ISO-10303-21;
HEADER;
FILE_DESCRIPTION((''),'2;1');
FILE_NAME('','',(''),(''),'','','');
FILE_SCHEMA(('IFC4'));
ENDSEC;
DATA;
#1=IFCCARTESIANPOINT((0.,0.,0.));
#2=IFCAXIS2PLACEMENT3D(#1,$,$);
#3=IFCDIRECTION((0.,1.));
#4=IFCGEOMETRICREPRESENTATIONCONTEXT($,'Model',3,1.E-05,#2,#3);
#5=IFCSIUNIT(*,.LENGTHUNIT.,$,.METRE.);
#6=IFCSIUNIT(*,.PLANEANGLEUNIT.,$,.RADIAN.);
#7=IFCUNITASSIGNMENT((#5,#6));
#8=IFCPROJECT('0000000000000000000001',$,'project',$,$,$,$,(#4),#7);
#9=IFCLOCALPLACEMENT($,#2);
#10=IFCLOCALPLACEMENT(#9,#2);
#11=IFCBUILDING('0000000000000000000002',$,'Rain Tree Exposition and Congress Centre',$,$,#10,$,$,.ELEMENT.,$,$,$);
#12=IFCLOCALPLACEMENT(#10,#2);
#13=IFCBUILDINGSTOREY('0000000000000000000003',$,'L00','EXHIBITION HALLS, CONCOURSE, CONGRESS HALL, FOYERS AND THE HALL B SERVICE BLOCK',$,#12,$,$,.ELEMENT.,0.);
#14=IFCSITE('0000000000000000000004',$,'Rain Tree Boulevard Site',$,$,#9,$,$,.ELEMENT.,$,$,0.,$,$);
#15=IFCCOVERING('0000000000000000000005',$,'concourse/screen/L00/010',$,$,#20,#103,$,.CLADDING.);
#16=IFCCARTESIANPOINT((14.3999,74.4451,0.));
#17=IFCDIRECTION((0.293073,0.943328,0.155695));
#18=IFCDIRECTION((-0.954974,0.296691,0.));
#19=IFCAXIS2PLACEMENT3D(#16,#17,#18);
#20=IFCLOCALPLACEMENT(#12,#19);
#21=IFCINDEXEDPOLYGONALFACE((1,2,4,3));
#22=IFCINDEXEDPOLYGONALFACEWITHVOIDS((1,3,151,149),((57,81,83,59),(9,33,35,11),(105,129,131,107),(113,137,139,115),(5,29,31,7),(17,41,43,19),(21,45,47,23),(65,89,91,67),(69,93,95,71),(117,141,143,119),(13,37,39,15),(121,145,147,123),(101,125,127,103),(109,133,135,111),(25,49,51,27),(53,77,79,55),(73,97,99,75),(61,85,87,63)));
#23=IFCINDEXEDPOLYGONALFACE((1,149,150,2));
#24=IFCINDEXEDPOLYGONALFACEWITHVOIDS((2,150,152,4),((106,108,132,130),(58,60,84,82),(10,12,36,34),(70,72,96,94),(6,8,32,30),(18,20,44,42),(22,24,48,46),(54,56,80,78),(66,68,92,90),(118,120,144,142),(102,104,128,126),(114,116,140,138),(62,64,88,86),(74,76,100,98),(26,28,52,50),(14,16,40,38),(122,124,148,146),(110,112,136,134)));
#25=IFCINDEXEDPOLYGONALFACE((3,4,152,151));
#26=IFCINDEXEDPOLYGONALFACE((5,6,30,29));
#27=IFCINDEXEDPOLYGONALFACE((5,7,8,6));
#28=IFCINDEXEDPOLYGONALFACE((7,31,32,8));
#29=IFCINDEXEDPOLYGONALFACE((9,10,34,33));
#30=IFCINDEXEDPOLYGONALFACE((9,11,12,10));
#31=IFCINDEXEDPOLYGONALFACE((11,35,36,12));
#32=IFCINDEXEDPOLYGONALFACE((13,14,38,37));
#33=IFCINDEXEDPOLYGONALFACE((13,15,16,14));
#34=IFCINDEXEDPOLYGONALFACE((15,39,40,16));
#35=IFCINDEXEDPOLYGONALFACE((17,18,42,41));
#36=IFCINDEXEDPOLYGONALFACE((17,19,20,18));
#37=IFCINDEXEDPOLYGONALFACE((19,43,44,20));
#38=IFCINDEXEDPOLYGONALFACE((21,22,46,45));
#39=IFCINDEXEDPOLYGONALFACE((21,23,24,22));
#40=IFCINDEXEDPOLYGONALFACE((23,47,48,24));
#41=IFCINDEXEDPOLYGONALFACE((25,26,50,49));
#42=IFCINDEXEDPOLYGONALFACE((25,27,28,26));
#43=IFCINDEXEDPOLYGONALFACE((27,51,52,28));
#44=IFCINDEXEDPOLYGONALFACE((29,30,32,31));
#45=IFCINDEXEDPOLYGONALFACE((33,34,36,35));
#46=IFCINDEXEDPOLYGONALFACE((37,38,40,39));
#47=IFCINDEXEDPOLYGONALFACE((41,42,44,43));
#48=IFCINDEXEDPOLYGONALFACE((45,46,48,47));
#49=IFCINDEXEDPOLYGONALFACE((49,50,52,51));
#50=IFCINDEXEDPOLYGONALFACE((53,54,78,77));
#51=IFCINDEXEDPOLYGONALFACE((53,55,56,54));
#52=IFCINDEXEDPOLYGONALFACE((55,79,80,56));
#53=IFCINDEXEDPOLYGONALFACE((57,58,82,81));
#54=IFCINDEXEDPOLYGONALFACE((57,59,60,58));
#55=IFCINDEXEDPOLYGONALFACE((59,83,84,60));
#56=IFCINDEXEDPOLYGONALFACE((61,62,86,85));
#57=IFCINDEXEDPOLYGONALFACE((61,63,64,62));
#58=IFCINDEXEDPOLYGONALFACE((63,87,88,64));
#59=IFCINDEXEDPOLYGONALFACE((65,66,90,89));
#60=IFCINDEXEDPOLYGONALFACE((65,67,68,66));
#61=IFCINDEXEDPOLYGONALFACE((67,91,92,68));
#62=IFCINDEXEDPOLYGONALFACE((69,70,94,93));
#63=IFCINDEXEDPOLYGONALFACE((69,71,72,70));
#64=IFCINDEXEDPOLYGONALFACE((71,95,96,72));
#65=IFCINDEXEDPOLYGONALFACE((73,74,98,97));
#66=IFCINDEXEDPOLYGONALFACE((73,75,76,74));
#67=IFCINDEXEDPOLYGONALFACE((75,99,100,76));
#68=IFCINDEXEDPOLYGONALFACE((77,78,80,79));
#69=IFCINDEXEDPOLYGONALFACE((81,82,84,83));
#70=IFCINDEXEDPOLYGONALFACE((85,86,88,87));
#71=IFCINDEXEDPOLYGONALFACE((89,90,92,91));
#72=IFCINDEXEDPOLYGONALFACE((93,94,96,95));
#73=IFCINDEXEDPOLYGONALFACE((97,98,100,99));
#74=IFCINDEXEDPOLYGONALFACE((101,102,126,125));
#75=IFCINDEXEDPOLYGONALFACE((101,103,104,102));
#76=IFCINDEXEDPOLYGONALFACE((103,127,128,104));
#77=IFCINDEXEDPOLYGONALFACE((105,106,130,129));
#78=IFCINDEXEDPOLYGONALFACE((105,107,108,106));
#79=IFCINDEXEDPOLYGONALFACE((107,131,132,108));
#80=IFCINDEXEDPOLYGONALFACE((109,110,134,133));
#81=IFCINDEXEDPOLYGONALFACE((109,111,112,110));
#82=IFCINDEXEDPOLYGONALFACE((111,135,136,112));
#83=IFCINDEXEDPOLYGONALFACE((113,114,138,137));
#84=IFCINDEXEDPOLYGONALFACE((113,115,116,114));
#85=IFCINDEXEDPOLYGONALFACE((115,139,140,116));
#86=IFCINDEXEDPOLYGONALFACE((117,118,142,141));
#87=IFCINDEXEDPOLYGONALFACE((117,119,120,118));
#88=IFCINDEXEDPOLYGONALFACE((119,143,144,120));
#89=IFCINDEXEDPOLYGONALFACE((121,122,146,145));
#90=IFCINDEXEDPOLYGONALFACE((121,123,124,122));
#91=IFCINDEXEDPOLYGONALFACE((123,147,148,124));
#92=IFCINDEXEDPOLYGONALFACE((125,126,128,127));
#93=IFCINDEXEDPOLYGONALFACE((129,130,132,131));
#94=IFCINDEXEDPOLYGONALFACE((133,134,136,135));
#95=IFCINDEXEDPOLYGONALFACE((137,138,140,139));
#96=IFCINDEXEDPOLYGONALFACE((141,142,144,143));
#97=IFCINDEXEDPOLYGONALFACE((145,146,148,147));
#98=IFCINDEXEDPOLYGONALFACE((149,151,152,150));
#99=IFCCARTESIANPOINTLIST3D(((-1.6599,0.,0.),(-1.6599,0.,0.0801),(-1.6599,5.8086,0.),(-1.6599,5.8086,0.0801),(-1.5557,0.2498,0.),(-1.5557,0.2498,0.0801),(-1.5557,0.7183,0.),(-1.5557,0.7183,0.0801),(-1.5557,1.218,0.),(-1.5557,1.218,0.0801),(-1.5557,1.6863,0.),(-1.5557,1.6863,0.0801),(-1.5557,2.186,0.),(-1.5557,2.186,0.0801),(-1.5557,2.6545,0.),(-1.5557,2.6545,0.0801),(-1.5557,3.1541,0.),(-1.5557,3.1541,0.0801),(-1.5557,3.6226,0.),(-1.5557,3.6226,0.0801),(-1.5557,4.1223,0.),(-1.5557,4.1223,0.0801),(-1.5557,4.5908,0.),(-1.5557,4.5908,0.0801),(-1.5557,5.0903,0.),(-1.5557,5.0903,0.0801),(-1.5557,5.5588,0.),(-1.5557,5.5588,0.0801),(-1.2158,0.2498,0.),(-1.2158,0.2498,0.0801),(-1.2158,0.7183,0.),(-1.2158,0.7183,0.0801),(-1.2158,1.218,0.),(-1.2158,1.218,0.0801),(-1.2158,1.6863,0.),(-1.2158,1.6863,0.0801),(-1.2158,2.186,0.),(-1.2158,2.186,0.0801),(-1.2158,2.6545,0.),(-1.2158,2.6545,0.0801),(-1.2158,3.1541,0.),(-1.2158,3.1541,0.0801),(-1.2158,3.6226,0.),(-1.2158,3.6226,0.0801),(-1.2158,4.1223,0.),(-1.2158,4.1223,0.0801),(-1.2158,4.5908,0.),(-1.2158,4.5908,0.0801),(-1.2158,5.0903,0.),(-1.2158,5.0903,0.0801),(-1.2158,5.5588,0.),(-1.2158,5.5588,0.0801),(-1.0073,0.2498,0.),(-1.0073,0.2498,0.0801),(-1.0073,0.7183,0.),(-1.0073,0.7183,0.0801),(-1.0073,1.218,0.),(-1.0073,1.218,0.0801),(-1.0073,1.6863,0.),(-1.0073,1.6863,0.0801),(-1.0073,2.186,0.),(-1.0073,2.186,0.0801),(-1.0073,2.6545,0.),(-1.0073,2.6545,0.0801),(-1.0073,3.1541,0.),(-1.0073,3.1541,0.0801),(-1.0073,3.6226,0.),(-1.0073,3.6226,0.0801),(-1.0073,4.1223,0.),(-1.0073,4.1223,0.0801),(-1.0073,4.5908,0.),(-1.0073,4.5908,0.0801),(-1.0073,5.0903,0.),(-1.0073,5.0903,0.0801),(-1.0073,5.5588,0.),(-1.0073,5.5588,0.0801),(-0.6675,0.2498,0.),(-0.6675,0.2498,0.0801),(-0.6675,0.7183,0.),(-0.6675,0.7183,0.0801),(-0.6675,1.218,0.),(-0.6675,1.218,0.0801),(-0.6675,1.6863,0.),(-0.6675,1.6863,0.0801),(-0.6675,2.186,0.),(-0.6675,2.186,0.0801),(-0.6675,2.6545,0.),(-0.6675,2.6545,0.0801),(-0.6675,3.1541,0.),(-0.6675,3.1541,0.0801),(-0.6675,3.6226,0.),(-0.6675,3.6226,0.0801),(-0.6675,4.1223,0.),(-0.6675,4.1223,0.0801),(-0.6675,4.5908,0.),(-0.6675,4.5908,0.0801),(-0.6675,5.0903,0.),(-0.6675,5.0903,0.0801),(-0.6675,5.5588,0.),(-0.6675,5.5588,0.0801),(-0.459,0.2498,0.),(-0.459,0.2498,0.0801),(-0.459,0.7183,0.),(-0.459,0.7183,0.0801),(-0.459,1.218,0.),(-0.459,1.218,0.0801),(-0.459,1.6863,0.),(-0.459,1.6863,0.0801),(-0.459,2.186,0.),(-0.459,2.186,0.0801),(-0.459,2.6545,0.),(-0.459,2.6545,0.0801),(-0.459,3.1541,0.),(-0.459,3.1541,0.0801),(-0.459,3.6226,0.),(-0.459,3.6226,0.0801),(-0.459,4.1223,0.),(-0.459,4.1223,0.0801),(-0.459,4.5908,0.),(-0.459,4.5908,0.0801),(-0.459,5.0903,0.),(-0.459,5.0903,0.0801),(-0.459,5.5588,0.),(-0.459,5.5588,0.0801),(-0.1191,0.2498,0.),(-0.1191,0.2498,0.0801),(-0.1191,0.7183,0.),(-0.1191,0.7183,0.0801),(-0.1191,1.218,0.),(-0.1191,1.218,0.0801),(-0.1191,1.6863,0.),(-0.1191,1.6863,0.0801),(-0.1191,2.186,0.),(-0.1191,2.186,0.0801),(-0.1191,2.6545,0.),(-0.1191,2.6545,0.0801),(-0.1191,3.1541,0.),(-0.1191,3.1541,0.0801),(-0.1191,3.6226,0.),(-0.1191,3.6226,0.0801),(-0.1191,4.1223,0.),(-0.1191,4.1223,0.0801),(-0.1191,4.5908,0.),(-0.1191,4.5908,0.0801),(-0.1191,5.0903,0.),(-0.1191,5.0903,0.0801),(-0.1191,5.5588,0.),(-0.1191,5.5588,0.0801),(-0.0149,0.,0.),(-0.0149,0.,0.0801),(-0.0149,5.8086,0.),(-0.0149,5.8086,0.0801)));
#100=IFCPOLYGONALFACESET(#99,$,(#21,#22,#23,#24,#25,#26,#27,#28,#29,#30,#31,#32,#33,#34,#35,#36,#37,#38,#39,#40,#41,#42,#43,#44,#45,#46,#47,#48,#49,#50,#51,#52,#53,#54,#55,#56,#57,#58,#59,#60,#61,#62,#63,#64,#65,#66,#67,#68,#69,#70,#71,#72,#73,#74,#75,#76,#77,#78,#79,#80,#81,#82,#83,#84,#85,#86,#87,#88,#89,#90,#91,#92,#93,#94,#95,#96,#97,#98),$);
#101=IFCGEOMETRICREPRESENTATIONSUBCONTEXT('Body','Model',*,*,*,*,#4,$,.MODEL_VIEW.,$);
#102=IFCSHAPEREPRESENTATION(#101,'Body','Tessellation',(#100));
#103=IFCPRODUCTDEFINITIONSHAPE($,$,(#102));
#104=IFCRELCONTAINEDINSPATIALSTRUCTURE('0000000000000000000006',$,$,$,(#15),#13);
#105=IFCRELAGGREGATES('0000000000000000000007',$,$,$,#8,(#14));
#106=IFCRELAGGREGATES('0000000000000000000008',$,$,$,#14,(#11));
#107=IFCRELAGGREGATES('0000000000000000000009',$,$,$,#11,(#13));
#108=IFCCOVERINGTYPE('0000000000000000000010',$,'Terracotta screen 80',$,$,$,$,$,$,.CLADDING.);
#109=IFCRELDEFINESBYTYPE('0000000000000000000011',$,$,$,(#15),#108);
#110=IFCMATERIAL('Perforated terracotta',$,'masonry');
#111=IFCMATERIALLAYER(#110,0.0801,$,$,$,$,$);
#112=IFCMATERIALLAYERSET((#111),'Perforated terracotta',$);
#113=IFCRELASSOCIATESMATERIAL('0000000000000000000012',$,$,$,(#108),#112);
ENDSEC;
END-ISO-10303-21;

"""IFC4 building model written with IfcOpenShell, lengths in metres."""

from ifc_helpers import new_model, si_unit, direction, frame, origin, place, context, subcontext, project, spatial, polyline, outline, extrude, material, layer, layer_set, type_object, element, save


model = new_model("IFC4")

# Units and contexts
model_context = context("Model", 3, precision=1e-05, world=origin(), true_north=direction((0.0, 1.0)))
body_context = subcontext(model_context, "Body", "Model", "MODEL_VIEW")
ifc_project = project(units=[si_unit("LENGTHUNIT", "METRE"), si_unit("PLANEANGLEUNIT", "RADIAN")], contexts=[model_context])

# Site, building, storey
site_placement = place(None, origin())
site = spatial("IfcSite", under=ifc_project, at=site_placement, Name="Rain Tree Boulevard Site", CompositionType="ELEMENT", RefElevation=0.0)
building_placement = place(site_placement, origin())
building = spatial("IfcBuilding", under=site, at=building_placement, Name="Rain Tree Exposition and Congress Centre", CompositionType="ELEMENT")
storey_placement = place(building_placement, origin())
storey = spatial("IfcBuildingStorey", under=building, at=storey_placement, Name="L00", Description="EXHIBITION HALLS, CONCOURSE, CONGRESS HALL, FOYERS AND THE HALL B SERVICE BLOCK", CompositionType="ELEMENT", Elevation=0.0)

# Covering
ifc_material_1 = material(Name="Perforated terracotta", Category="masonry")
ifc_layer_1 = layer(ifc_material_1, 0.0801)
ifc_layer_set_1 = layer_set([ifc_layer_1], Name="Perforated terracotta")
covering_type = type_object("IfcCoveringType", Name="Terracotta screen 80", PredefinedType="CLADDING", material=ifc_layer_set_1)
covering_1_placement = place(storey_placement, frame((14.3999, 74.4451, 0.0), z_axis=(0.293073, 0.943328, 0.155695), x_axis=(-0.954974, 0.296691, 0.0)))
element("IfcCovering", 1, at=covering_1_placement, inside=storey, type_object=covering_type, Name="concourse/screen/L00/010", PredefinedType="CLADDING", context=body_context, shape_type="SweptSolid", body=[
    extrude(outline(polyline([(-0.0149, 0.0), (-1.6599, 0.0), (-1.6599, 5.8086), (-0.0149, 5.8086), (-0.0149, 0.0)]), holes=[polyline([(-0.1191, 0.2498), (-0.1191, 0.7183), (-0.459, 0.7183), (-0.459, 0.2498), (-0.1191, 0.2498)]), polyline([(-0.1191, 1.218), (-0.1191, 1.6863), (-0.459, 1.6863), (-0.459, 1.218), (-0.1191, 1.218)]), polyline([(-0.1191, 2.186), (-0.1191, 2.6545), (-0.459, 2.6545), (-0.459, 2.186), (-0.1191, 2.186)]), polyline([(-0.1191, 3.1541), (-0.1191, 3.6226), (-0.459, 3.6226), (-0.459, 3.1541), (-0.1191, 3.1541)]), polyline([(-0.1191, 4.1223), (-0.1191, 4.5908), (-0.459, 4.5908), (-0.459, 4.1223), (-0.1191, 4.1223)]), polyline([(-0.1191, 5.0903), (-0.1191, 5.5588), (-0.459, 5.5588), (-0.459, 5.0903), (-0.1191, 5.0903)]), polyline([(-0.6675, 0.2498), (-0.6675, 0.7183), (-1.0073, 0.7183), (-1.0073, 0.2498), (-0.6675, 0.2498)]), polyline([(-0.6675, 1.218), (-0.6675, 1.6863), (-1.0073, 1.6863), (-1.0073, 1.218), (-0.6675, 1.218)]), polyline([(-0.6675, 2.186), (-0.6675, 2.6545), (-1.0073, 2.6545), (-1.0073, 2.186), (-0.6675, 2.186)]), polyline([(-0.6675, 3.1541), (-0.6675, 3.6226), (-1.0073, 3.6226), (-1.0073, 3.1541), (-0.6675, 3.1541)]), polyline([(-0.6675, 4.1223), (-0.6675, 4.5908), (-1.0073, 4.5908), (-1.0073, 4.1223), (-0.6675, 4.1223)]), polyline([(-0.6675, 5.0903), (-0.6675, 5.5588), (-1.0073, 5.5588), (-1.0073, 5.0903), (-0.6675, 5.0903)]), polyline([(-1.2158, 0.2498), (-1.2158, 0.7183), (-1.5557, 0.7183), (-1.5557, 0.2498), (-1.2158, 0.2498)]), polyline([(-1.2158, 1.218), (-1.2158, 1.6863), (-1.5557, 1.6863), (-1.5557, 1.218), (-1.2158, 1.218)]), polyline([(-1.2158, 2.186), (-1.2158, 2.6545), (-1.5557, 2.6545), (-1.5557, 2.186), (-1.2158, 2.186)]), polyline([(-1.2158, 3.1541), (-1.2158, 3.6226), (-1.5557, 3.6226), (-1.5557, 3.1541), (-1.2158, 3.1541)]), polyline([(-1.2158, 4.1223), (-1.2158, 4.5908), (-1.5557, 4.5908), (-1.5557, 4.1223), (-1.2158, 4.1223)]), polyline([(-1.2158, 5.0903), (-1.2158, 5.5588), (-1.5557, 5.5588), (-1.5557, 5.0903), (-1.2158, 5.0903)])]), origin(), (0.0, 0.0, 1.0), 0.0801),
])

save(model, "model.ifc")
